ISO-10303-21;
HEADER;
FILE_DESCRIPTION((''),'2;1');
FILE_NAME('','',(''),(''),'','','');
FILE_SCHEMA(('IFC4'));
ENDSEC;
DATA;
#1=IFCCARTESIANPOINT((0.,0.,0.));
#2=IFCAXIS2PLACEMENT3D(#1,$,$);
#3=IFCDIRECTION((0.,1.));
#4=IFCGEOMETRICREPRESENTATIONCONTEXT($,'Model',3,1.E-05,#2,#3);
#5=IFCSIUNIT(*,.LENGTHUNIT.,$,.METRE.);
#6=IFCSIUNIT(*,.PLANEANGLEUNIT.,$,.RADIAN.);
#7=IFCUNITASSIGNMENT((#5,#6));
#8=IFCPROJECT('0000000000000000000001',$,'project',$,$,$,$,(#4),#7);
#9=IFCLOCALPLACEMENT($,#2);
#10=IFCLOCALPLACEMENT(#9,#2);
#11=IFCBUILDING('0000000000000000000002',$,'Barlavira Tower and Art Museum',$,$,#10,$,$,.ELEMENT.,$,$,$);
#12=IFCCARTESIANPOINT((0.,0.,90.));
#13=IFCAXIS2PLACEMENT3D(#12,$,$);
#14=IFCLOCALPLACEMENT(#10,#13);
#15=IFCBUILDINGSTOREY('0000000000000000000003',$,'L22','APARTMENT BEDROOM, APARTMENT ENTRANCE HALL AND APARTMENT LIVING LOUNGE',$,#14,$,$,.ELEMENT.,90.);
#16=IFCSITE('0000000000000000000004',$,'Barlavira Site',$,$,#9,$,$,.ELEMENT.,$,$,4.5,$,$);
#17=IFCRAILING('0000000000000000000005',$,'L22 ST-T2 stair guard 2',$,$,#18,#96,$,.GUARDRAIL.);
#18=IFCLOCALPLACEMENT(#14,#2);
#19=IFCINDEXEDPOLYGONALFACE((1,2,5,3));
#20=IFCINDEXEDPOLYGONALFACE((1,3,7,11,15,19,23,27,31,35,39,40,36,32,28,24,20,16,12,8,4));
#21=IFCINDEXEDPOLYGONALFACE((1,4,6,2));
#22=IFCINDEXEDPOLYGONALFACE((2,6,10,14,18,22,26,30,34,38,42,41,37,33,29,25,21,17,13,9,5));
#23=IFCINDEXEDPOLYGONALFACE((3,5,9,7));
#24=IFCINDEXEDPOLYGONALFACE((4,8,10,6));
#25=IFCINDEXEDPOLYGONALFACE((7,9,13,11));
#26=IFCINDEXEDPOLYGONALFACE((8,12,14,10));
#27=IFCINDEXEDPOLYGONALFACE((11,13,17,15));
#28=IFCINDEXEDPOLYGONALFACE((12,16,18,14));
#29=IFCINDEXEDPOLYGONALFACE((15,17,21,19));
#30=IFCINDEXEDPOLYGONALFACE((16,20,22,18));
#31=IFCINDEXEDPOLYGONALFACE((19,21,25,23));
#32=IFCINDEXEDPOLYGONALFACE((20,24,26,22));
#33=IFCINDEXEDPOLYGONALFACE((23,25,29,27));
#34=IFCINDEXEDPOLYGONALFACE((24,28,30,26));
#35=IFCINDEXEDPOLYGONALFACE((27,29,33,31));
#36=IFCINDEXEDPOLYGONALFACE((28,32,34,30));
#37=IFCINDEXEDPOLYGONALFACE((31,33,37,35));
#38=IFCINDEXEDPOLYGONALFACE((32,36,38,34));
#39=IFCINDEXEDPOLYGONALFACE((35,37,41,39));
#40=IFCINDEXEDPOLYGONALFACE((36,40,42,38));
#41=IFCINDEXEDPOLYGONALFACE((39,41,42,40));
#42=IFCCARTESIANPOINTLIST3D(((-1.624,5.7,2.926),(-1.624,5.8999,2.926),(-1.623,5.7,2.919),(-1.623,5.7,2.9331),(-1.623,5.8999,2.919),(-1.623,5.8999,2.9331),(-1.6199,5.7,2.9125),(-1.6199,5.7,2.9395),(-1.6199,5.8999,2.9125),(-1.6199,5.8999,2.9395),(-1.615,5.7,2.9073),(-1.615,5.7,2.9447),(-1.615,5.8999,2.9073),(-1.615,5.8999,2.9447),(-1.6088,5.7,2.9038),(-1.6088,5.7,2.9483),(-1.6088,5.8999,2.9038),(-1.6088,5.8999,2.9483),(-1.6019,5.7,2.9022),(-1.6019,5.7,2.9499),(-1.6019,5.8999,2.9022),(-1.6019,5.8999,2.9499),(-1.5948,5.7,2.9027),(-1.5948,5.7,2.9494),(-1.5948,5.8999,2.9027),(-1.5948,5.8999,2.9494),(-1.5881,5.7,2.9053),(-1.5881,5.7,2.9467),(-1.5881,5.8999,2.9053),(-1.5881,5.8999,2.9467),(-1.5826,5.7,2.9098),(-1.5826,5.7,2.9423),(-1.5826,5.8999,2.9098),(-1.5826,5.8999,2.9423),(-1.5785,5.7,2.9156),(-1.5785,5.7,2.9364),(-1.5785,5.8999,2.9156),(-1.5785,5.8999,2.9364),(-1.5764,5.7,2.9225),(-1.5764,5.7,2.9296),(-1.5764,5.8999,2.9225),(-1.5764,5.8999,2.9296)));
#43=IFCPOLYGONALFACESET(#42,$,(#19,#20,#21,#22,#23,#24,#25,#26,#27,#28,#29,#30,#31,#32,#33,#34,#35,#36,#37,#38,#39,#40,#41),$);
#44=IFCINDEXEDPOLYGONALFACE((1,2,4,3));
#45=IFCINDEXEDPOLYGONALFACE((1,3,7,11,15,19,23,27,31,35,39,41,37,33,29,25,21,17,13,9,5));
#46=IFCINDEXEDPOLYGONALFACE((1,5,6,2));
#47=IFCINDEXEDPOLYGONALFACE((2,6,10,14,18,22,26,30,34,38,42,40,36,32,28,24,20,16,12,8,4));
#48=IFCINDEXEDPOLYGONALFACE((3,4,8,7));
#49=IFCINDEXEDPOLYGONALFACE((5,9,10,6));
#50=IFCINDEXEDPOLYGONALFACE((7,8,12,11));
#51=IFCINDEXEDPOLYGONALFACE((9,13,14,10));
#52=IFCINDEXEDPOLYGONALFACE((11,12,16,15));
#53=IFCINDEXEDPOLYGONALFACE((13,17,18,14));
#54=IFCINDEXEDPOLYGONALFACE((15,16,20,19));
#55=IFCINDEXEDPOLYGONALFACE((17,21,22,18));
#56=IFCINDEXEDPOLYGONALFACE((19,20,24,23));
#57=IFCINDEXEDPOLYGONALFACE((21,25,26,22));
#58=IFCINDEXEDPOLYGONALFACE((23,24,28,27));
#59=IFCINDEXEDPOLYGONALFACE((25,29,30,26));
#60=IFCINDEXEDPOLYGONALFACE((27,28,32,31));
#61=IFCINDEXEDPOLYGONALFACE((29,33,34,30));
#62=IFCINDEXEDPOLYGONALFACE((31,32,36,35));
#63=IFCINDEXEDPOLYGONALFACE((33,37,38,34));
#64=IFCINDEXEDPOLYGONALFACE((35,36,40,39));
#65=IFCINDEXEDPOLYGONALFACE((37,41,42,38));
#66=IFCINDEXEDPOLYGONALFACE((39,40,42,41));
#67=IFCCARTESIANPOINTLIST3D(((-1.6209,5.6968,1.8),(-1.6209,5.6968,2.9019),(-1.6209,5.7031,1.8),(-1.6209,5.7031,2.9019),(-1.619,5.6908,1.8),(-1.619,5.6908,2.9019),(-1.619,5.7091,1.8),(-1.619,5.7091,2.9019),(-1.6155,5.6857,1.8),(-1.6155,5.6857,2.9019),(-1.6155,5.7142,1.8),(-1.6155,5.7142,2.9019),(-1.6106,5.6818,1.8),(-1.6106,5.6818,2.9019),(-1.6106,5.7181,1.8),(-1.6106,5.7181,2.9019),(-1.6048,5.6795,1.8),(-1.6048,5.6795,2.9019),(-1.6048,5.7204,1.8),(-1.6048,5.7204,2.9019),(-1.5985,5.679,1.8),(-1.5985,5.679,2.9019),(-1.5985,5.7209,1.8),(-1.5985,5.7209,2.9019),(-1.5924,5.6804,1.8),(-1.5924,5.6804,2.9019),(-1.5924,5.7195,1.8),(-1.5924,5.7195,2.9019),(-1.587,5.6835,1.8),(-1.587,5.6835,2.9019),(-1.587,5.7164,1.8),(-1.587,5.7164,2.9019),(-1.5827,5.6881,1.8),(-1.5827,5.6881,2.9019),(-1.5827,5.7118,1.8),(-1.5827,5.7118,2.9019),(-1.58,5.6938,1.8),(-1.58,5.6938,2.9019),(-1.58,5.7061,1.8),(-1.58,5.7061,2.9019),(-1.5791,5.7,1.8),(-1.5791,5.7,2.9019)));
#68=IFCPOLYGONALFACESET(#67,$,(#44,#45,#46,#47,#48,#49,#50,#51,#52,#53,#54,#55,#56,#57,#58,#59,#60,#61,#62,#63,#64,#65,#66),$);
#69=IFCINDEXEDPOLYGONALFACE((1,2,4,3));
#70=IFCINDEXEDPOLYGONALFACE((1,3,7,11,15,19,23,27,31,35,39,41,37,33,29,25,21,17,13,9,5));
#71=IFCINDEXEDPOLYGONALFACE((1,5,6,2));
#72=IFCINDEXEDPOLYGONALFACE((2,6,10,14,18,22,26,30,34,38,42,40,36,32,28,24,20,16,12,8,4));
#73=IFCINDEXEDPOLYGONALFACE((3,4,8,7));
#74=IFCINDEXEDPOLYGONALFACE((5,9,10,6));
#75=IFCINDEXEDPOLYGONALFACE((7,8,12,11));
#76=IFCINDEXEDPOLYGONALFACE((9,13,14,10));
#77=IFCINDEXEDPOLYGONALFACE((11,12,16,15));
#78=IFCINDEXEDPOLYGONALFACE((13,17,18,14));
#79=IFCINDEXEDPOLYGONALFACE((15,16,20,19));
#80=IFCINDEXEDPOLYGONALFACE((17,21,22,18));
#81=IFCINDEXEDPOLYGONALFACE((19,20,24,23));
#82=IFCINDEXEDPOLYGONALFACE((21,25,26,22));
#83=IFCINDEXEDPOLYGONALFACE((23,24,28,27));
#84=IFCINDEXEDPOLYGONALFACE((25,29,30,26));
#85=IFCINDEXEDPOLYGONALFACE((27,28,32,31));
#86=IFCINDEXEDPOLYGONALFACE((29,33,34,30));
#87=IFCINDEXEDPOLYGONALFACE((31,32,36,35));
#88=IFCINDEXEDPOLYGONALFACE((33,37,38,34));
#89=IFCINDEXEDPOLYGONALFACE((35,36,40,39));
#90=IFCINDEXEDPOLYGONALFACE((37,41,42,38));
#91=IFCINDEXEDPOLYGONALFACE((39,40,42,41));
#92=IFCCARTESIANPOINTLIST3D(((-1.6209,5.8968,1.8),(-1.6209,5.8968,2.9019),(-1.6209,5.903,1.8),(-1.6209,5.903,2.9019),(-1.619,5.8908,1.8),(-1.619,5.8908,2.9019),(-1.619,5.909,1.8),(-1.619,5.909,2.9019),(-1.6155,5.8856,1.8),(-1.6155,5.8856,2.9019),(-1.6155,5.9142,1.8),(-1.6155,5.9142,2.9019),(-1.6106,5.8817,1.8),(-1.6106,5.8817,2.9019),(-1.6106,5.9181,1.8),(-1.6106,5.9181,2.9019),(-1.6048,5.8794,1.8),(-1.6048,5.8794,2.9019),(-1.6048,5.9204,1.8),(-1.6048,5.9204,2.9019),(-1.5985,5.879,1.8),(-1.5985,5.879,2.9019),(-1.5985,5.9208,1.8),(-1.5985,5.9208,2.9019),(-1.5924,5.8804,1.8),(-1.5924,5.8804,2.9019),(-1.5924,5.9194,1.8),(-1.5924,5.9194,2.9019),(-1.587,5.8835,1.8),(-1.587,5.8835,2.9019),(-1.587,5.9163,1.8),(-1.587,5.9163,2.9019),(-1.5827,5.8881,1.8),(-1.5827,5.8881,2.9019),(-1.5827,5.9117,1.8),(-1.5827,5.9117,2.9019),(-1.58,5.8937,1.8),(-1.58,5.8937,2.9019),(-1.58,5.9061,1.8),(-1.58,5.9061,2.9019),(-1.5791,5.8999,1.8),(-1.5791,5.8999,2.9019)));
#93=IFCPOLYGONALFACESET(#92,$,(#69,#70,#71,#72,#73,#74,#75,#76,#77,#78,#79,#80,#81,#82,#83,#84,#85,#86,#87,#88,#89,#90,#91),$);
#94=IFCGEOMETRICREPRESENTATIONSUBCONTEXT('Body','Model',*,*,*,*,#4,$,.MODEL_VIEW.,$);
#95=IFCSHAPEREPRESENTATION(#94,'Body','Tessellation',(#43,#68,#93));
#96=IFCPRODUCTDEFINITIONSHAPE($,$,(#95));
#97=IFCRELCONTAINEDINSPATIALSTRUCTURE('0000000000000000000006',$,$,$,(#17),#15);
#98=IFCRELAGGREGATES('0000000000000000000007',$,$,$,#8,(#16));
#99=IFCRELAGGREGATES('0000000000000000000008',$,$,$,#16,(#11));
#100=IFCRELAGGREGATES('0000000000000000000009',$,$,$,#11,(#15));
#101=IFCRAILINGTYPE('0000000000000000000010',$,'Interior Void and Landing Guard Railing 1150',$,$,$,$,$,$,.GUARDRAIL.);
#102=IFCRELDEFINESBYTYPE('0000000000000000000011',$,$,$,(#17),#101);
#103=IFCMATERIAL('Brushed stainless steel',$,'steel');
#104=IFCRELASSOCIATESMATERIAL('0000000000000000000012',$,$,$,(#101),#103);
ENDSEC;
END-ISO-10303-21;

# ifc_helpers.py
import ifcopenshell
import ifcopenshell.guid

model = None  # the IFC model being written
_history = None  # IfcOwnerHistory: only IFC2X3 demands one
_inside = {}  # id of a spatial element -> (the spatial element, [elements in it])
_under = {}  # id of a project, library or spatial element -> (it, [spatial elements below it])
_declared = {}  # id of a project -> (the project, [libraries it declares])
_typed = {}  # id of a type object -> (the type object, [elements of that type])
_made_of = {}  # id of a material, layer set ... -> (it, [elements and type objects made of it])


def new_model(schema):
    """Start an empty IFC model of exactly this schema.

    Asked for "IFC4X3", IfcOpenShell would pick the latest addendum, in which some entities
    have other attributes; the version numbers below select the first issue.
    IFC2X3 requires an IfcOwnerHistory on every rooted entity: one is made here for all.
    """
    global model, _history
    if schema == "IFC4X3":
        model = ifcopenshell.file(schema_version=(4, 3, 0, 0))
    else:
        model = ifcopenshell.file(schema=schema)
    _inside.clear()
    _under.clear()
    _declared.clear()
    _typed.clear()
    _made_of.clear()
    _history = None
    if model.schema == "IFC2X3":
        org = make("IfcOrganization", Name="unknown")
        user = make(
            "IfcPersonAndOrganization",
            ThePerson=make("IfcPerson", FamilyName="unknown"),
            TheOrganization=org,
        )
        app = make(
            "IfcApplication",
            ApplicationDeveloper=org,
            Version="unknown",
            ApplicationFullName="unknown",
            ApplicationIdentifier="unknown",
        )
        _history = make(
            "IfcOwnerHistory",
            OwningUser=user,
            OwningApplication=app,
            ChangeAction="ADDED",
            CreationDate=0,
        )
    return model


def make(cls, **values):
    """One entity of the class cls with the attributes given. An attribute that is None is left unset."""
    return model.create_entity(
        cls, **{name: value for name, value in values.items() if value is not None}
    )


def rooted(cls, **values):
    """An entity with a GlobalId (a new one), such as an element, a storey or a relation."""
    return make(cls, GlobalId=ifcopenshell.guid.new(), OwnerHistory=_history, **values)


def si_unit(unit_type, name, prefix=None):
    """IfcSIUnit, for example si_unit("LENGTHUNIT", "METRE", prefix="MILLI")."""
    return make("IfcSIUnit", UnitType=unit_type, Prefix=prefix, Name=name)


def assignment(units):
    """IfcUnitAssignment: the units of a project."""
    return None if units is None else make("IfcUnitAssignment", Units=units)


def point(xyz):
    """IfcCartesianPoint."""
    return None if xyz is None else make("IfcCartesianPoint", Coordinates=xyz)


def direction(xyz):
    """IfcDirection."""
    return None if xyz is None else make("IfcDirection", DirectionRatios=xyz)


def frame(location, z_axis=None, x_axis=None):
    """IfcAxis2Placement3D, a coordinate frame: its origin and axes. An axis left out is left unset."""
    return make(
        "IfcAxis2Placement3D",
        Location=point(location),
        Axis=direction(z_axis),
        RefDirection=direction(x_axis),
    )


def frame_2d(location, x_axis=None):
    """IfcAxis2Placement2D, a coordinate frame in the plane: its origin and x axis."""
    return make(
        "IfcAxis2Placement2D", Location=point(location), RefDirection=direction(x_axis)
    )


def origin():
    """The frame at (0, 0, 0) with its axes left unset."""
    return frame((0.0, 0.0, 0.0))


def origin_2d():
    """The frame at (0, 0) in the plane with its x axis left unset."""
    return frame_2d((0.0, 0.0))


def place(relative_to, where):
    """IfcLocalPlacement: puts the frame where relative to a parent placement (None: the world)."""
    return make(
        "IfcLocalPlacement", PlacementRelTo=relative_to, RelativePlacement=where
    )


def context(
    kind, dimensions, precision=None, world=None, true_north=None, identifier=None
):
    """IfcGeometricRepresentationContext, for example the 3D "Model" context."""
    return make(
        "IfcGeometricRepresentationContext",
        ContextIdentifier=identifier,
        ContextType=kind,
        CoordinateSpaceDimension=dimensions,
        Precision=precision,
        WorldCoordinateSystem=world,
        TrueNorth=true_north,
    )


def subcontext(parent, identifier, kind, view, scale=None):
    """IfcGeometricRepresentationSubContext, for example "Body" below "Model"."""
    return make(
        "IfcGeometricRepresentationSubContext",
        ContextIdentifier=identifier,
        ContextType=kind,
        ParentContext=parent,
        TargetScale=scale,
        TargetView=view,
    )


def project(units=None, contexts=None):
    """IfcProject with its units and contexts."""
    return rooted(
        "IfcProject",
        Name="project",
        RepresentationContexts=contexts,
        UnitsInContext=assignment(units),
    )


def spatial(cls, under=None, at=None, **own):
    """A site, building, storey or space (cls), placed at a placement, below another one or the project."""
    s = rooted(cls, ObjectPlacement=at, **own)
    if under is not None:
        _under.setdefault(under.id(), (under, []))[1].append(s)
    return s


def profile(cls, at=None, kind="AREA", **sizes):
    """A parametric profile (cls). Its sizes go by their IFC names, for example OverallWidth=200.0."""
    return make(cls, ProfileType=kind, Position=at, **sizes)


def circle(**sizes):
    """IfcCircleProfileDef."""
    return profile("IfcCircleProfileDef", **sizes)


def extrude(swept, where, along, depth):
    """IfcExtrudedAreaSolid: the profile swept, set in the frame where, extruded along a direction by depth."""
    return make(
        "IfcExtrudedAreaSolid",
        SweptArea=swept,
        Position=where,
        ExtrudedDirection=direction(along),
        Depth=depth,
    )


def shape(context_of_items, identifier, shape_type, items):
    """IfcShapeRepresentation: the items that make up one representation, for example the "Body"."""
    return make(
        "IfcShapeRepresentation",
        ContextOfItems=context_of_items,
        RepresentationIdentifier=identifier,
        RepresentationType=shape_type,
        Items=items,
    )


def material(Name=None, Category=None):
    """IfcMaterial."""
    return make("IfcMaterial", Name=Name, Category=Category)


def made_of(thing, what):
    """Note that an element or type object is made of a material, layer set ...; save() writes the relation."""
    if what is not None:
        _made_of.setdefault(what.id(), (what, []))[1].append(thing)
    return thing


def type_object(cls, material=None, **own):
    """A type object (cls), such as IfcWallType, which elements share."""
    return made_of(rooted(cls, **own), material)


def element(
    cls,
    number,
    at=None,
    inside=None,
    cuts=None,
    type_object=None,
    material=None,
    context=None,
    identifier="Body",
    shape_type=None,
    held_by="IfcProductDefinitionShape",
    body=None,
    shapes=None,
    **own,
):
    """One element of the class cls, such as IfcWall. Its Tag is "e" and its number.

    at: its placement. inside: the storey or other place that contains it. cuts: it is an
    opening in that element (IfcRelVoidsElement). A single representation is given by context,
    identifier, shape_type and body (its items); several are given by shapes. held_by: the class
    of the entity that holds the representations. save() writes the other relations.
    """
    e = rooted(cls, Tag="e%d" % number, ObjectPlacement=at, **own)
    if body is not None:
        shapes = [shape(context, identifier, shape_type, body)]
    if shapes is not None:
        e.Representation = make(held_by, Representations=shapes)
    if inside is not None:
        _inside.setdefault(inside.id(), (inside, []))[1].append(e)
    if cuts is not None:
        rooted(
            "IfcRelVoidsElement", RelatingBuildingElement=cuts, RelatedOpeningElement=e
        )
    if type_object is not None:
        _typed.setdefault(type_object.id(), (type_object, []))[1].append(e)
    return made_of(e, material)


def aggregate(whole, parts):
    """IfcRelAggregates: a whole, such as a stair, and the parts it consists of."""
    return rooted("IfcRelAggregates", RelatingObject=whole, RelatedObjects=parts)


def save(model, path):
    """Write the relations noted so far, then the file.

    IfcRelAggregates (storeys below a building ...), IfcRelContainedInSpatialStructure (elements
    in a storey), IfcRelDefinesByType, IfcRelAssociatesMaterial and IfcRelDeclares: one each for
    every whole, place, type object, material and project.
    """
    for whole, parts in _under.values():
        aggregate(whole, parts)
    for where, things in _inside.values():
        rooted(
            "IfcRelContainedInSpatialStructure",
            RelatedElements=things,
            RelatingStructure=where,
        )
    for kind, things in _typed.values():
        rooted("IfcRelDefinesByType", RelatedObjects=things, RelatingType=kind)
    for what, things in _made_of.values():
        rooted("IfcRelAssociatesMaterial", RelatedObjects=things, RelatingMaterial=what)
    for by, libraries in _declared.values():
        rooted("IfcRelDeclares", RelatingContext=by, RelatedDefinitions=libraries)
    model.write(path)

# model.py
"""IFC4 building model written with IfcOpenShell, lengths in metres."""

from ifc_helpers import new_model, si_unit, direction, frame, origin, origin_2d, place, context, subcontext, project, spatial, circle, extrude, material, type_object, element, save


model = new_model("IFC4")

# Units and contexts
model_context = context("Model", 3, precision=1e-05, world=origin(), true_north=direction((0.0, 1.0)))
body_context = subcontext(model_context, "Body", "Model", "MODEL_VIEW")
ifc_project = project(units=[si_unit("LENGTHUNIT", "METRE"), si_unit("PLANEANGLEUNIT", "RADIAN")], contexts=[model_context])

# Site, building, storey
site_placement = place(None, origin())
site = spatial("IfcSite", under=ifc_project, at=site_placement, Name="Barlavira Site", CompositionType="ELEMENT", RefElevation=4.5)
building_placement = place(site_placement, origin())
building = spatial("IfcBuilding", under=site, at=building_placement, Name="Barlavira Tower and Art Museum", CompositionType="ELEMENT")
storey_placement = place(building_placement, frame((0.0, 0.0, 90.0)))
storey = spatial("IfcBuildingStorey", under=building, at=storey_placement, Name="L22", Description="APARTMENT BEDROOM, APARTMENT ENTRANCE HALL AND APARTMENT LIVING LOUNGE", CompositionType="ELEMENT", Elevation=90.0)

# Shared definitions
ifc_material_1 = material(Name="Brushed stainless steel", Category="steel")

# Railing
railing_type_1 = type_object("IfcRailingType", Name="Interior Void and Landing Guard Railing 1150", PredefinedType="GUARDRAIL", material=ifc_material_1)
railing_1_placement = place(storey_placement, frame((-1.6001, 5.7, 1.8)))
element("IfcRailing", 1, at=railing_1_placement, inside=storey, type_object=railing_type_1, Name="L22 ST-T2 stair guard 2", PredefinedType="GUARDRAIL", context=body_context, shape_type="SweptSolid", body=[
    extrude(circle(Radius=0.0239, at=origin_2d()), frame((0.0, 0.0, 1.126), z_axis=(0.0, 1.0, 0.0), x_axis=(-1.0, 0.0, 0.0)), (0.0, 0.0, 1.0), 0.2),
    extrude(circle(Radius=0.021, at=origin_2d()), origin(), (0.0, 0.0, 1.0), 1.1018),
    extrude(circle(Radius=0.021, at=origin_2d()), frame((0.0, 0.2, 0.0)), (0.0, 0.0, 1.0), 1.1018),
])

save(model, "model.ifc")
